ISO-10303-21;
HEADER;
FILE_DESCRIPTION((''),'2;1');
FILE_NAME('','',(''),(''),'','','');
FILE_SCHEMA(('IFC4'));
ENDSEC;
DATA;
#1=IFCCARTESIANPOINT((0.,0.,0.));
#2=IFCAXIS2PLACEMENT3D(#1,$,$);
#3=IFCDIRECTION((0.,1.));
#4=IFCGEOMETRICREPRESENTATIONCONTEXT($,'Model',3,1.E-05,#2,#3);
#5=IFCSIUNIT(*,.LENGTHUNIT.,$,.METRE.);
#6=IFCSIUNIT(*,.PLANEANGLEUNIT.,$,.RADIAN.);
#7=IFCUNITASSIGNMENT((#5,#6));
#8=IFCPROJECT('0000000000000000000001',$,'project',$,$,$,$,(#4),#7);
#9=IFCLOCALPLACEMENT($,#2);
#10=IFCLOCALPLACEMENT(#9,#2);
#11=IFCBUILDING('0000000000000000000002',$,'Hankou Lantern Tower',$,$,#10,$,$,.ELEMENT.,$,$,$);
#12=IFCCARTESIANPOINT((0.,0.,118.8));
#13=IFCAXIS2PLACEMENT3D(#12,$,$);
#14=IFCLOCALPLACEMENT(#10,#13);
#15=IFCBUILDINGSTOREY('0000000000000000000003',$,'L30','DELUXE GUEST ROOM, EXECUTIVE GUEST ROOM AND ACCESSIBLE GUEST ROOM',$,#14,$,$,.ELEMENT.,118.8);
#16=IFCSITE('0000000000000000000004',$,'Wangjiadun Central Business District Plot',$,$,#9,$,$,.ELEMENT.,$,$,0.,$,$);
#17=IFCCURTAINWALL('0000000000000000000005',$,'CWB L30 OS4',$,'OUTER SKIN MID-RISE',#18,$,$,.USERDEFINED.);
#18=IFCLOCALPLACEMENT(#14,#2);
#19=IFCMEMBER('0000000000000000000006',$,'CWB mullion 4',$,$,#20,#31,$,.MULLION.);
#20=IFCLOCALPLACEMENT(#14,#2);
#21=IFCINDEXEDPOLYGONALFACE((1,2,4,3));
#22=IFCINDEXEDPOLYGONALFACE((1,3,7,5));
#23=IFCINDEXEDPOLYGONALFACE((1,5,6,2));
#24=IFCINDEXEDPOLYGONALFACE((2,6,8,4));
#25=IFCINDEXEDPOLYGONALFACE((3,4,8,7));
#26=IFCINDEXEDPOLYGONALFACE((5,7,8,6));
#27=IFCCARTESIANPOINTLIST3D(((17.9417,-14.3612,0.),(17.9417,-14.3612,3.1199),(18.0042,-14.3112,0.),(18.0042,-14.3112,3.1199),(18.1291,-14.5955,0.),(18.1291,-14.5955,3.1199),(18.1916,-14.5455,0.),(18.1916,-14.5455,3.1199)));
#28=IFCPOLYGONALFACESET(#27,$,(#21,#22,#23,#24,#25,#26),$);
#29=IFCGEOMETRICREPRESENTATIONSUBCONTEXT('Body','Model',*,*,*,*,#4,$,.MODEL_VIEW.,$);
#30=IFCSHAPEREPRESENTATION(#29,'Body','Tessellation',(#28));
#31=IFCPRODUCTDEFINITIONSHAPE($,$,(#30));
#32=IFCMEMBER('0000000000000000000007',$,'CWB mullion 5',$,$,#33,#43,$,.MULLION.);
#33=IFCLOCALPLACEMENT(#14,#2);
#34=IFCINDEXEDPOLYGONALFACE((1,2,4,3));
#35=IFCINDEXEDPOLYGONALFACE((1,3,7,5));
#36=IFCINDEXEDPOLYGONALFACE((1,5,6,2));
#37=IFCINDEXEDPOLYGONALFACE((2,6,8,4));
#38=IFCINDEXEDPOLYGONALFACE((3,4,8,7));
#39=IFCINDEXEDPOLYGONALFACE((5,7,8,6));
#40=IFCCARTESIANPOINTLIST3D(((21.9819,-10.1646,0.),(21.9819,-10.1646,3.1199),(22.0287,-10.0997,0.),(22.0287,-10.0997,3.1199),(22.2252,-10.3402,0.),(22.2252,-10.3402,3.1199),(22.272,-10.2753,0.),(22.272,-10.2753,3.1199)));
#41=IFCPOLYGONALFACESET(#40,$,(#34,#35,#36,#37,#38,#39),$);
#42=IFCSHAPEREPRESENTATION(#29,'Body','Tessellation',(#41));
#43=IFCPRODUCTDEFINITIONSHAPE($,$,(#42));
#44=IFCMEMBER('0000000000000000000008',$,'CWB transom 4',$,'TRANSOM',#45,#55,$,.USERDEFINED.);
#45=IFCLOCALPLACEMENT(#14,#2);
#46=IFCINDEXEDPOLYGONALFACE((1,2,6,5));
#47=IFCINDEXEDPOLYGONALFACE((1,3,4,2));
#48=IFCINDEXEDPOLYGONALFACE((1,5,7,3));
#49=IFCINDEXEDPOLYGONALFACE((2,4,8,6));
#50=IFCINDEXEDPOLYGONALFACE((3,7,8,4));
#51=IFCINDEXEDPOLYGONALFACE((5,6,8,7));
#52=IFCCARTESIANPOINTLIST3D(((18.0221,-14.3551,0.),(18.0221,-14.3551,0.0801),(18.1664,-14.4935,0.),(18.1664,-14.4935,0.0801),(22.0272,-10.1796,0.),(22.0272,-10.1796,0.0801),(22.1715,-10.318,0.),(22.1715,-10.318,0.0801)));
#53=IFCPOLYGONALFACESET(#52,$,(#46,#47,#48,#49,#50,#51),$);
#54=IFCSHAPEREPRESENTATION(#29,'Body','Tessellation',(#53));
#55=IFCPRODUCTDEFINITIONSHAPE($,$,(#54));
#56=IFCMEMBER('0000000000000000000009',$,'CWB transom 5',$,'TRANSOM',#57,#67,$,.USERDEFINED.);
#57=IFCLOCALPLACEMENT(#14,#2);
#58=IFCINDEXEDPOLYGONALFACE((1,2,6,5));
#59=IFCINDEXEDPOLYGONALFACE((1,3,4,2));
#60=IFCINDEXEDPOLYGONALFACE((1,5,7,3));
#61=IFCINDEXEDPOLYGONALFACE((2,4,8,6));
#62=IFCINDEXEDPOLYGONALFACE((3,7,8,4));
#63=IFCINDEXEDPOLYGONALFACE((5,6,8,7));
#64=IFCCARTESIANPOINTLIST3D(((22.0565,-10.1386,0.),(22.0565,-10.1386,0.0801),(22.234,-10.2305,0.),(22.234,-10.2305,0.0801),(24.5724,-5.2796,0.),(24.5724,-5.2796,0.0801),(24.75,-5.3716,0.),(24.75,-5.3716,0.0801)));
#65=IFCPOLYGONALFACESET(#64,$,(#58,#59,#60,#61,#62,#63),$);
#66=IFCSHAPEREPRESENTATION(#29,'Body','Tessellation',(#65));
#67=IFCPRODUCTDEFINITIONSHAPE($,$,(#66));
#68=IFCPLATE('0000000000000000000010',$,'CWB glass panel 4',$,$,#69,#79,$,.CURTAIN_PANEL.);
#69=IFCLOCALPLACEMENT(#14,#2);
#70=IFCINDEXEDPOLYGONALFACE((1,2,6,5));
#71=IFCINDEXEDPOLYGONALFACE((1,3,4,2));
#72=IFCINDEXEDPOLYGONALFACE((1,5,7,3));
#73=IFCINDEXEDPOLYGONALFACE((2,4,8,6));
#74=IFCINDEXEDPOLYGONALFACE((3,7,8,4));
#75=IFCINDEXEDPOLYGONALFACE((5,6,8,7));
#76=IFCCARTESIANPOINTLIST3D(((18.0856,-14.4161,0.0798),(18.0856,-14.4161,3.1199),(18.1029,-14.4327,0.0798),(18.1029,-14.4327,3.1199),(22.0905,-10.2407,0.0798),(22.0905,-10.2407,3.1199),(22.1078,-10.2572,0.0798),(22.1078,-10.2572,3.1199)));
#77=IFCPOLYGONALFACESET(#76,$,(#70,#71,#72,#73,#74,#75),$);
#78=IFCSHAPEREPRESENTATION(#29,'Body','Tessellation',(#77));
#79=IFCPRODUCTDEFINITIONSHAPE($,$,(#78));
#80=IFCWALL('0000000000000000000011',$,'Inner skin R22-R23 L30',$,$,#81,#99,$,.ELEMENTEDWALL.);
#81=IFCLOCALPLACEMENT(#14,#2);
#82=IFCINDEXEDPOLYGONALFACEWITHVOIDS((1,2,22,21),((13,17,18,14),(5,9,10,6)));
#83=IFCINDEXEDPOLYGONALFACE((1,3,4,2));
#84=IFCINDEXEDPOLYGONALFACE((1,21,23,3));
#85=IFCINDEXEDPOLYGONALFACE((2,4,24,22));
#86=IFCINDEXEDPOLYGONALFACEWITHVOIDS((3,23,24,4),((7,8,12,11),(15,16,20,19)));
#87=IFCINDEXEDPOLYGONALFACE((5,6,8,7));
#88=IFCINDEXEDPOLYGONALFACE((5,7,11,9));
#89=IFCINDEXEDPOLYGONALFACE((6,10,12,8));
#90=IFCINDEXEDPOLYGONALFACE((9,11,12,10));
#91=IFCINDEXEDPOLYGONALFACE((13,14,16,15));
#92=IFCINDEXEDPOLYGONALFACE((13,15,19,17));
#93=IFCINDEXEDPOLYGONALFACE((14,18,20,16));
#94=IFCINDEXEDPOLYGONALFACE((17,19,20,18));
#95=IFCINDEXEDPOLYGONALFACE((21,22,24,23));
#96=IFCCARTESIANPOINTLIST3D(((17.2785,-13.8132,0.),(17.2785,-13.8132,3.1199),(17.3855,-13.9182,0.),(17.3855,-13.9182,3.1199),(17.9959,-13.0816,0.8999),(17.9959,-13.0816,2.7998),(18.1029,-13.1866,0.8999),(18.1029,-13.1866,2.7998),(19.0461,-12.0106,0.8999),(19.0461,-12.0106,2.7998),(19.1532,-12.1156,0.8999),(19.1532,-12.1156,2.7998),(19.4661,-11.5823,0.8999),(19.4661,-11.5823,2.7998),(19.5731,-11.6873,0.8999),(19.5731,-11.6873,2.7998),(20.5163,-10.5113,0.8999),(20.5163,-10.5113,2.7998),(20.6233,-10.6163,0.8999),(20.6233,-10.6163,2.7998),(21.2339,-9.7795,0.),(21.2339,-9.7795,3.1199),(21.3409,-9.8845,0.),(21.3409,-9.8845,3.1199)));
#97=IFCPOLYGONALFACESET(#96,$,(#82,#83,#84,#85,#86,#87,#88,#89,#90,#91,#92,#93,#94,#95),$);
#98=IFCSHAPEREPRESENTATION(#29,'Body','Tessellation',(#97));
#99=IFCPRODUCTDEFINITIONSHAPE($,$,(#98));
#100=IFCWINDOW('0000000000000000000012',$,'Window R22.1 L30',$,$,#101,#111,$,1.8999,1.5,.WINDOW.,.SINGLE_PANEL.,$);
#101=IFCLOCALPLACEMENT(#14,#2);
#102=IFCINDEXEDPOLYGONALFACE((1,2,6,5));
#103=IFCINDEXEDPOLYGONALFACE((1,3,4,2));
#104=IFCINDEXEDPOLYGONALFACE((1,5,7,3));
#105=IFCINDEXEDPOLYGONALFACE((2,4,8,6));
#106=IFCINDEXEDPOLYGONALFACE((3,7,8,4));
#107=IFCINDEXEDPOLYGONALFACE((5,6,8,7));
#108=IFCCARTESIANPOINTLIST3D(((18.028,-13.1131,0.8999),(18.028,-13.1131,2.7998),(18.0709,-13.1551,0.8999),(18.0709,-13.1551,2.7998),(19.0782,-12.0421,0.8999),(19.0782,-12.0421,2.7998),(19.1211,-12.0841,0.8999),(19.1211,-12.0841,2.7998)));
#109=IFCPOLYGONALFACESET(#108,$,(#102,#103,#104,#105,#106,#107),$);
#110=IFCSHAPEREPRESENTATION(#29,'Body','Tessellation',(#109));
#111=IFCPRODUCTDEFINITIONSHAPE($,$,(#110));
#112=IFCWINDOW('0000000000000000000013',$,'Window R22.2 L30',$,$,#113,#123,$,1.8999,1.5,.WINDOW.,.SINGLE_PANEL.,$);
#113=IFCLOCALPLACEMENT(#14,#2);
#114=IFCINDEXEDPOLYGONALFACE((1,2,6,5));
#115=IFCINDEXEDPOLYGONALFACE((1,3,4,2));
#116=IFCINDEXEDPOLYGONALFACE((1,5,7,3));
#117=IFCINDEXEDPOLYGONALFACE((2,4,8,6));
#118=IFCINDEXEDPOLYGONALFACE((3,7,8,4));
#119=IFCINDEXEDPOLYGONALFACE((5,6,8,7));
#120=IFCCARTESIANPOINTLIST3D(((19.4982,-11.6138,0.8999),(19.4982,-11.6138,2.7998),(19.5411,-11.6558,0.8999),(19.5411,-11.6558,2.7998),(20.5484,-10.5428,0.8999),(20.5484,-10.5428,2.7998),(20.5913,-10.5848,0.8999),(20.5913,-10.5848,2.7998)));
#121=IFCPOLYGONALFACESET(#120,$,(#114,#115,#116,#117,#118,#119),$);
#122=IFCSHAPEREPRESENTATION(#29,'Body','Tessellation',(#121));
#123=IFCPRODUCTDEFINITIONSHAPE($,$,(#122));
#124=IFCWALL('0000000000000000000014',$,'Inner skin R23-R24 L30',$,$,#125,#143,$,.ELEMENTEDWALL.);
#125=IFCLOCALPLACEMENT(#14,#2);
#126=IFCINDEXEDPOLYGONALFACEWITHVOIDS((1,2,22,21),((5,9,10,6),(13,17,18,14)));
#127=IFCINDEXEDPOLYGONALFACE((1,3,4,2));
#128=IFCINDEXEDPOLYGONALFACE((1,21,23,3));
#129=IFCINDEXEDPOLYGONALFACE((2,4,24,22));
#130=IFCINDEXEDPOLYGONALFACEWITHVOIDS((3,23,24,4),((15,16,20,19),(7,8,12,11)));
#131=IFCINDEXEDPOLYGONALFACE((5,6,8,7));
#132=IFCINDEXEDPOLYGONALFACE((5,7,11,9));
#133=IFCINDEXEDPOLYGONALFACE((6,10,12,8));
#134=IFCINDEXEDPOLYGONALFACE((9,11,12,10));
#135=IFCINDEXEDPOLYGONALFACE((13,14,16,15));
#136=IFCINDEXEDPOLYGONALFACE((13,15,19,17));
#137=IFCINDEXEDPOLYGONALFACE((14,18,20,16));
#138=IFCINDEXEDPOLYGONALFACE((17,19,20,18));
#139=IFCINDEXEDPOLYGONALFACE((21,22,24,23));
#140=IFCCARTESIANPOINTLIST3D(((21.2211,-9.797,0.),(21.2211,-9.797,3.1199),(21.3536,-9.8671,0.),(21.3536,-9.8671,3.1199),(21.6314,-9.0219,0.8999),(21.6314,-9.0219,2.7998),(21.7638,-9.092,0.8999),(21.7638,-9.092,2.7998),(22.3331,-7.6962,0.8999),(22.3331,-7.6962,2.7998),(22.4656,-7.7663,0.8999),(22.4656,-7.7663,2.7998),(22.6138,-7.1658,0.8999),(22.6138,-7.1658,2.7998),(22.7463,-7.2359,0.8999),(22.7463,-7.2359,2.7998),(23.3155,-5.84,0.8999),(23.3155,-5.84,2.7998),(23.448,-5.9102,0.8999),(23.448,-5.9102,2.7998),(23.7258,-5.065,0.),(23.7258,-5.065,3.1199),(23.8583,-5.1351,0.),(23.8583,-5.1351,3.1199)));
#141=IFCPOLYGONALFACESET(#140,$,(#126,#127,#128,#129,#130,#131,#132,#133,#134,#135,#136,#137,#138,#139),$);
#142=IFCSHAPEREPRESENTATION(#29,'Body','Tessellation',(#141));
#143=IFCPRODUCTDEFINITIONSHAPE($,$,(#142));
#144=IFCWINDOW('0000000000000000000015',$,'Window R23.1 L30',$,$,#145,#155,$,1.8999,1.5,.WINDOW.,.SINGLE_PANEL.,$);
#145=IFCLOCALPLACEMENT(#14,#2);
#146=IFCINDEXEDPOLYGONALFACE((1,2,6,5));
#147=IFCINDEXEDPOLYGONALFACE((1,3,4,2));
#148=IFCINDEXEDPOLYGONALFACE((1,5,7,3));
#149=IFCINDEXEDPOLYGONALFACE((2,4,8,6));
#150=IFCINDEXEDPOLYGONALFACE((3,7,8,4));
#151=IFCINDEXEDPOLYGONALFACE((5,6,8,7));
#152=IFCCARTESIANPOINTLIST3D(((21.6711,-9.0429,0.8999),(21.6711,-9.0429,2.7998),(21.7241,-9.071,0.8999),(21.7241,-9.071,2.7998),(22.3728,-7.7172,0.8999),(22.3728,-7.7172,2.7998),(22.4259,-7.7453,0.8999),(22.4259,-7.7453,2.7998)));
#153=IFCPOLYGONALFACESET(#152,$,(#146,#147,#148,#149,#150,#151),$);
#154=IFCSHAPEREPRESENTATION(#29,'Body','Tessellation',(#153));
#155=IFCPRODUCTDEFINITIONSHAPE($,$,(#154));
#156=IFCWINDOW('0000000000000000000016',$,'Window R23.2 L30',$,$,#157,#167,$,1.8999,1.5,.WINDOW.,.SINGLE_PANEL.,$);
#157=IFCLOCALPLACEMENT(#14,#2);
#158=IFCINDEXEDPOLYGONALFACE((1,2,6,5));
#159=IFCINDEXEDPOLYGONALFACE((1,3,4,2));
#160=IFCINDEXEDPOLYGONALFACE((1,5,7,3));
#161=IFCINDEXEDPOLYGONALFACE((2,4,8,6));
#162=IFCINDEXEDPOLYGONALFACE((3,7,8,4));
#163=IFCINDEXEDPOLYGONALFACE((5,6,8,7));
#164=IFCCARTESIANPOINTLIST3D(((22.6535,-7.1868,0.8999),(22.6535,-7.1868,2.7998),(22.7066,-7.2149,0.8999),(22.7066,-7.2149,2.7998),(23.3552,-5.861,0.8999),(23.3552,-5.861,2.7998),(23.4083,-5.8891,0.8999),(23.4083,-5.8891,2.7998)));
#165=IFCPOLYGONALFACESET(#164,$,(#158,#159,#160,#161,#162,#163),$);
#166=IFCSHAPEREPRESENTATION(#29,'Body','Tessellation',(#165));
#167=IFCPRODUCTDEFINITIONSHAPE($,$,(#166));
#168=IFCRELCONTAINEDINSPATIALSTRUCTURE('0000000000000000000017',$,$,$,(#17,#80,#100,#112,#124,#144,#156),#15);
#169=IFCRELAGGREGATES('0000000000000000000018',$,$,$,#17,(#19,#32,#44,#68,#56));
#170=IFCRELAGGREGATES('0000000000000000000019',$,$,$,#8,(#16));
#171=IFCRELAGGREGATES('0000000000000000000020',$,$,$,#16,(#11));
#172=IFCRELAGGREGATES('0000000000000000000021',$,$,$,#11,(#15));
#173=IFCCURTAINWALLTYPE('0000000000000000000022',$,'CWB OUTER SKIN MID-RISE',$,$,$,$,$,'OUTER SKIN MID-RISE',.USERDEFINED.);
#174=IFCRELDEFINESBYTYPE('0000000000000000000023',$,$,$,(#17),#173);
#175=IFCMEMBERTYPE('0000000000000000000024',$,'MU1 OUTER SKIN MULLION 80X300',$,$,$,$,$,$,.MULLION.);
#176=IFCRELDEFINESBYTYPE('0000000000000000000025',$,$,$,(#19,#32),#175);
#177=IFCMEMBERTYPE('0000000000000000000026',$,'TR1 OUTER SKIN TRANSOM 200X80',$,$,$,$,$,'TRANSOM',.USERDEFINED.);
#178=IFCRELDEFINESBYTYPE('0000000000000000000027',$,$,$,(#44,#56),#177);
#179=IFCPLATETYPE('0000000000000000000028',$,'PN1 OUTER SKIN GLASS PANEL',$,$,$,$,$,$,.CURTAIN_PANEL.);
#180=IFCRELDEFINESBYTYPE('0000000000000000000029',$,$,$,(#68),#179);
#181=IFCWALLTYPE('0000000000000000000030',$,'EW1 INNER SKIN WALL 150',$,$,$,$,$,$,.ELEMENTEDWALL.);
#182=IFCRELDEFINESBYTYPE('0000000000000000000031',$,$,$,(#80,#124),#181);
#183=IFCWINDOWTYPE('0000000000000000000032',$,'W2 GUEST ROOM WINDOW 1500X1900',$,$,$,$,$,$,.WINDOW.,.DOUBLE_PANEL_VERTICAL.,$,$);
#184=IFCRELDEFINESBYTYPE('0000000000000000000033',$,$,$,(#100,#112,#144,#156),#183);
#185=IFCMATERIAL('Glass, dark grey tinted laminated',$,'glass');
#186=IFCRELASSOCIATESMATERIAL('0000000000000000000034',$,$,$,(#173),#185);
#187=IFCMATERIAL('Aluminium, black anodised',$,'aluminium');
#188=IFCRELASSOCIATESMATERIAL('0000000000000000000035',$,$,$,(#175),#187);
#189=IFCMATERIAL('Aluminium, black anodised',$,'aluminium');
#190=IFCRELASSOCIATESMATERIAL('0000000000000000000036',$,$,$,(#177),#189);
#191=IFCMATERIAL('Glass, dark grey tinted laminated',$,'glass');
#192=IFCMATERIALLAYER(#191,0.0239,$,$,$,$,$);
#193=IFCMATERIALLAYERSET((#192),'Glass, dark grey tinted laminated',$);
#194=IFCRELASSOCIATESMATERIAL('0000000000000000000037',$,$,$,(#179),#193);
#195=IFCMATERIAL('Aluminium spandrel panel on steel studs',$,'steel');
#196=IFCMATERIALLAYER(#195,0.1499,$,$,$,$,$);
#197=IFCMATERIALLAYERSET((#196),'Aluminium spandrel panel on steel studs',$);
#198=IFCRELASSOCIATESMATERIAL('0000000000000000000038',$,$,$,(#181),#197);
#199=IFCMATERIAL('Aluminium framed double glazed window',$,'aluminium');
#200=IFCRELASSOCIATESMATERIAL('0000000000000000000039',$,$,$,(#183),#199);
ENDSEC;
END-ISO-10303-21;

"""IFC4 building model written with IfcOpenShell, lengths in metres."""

from ifc_helpers import new_model, si_unit, direction, frame, frame_2d, origin, origin_2d, place, context, subcontext, project, spatial, rectangle, extrude, material, layer, layer_set, material_profile, profile_set, type_object, element, fill, aggregate, save


model = new_model("IFC4")

# Units and contexts
model_context = context("Model", 3, precision=1e-05, world=origin(), true_north=direction((0.0, 1.0)))
body_context = subcontext(model_context, "Body", "Model", "MODEL_VIEW")
ifc_project = project(units=[si_unit("LENGTHUNIT", "METRE"), si_unit("PLANEANGLEUNIT", "RADIAN")], contexts=[model_context])

# Site, building, storey
site_placement = place(None, origin())
site = spatial("IfcSite", under=ifc_project, at=site_placement, Name="Wangjiadun Central Business District Plot", CompositionType="ELEMENT", RefElevation=0.0)
building_placement = place(site_placement, origin())
building = spatial("IfcBuilding", under=site, at=building_placement, Name="Hankou Lantern Tower", CompositionType="ELEMENT")
storey_placement = place(building_placement, frame((0.0, 0.0, 118.8)))
storey = spatial("IfcBuildingStorey", under=building, at=storey_placement, Name="L30", Description="DELUXE GUEST ROOM, EXECUTIVE GUEST ROOM AND ACCESSIBLE GUEST ROOM", CompositionType="ELEMENT", Elevation=118.8)

# Curtain wall, members, plate
ifc_material_1 = material(Name="Glass, dark grey tinted laminated", Category="glass")
curtain_wall_type = type_object("IfcCurtainWallType", Name="CWB OUTER SKIN MID-RISE", ElementType="OUTER SKIN MID-RISE", PredefinedType="USERDEFINED", material=ifc_material_1)
curtain_wall_placement = place(storey_placement, origin())
curtain_wall = element("IfcCurtainWall", 1, at=curtain_wall_placement, inside=storey, type_object=curtain_wall_type, Name="CWB L30 OS4", ObjectType="OUTER SKIN MID-RISE", PredefinedType="USERDEFINED")
ifc_material_2 = material(Name="Aluminium, black anodised", Category="aluminium")
ifc_material_profile_1 = material_profile(ifc_material_2, rectangle(XDim=0.0801, YDim=0.3, at=origin_2d()), Name="MU1 80X300")
ifc_profile_set_1 = profile_set([ifc_material_profile_1], Name="Aluminium, black anodised")
member_type_1 = type_object("IfcMemberType", Name="MU1 OUTER SKIN MULLION 80X300", PredefinedType="MULLION", material=ifc_profile_set_1)
member_1_placement = place(storey_placement, frame((18.0667, -14.4534, 0.0), z_axis=(0.0, 0.0, 1.0), x_axis=(0.780869, 0.624695, 0.0)))
member_1 = element("IfcMember", 2, at=member_1_placement, type_object=member_type_1, Name="CWB mullion 4", PredefinedType="MULLION", context=body_context, shape_type="SweptSolid", body=[
    extrude(rectangle(XDim=0.0801, YDim=0.3, at=origin_2d()), origin(), (0.0, 0.0, 1.0), 3.1199),
])
member_2_placement = place(storey_placement, frame((22.127, -10.22, 0.0), z_axis=(0.0, 0.0, 1.0), x_axis=(0.585206, 0.810885, 0.0)))
member_2 = element("IfcMember", 3, at=member_2_placement, type_object=member_type_1, Name="CWB mullion 5", PredefinedType="MULLION", context=body_context, shape_type="SweptSolid", body=[
    extrude(rectangle(XDim=0.0801, YDim=0.3, at=origin_2d()), origin(), (0.0, 0.0, 1.0), 3.1199),
])
ifc_material_3 = material(Name="Aluminium, black anodised", Category="aluminium")
ifc_material_profile_2 = material_profile(ifc_material_3, rectangle(XDim=0.2, YDim=0.0801, at=origin_2d()), Name="TR1 200X80")
ifc_profile_set_2 = profile_set([ifc_material_profile_2], Name="Aluminium, black anodised")
member_type_2 = type_object("IfcMemberType", Name="TR1 OUTER SKIN TRANSOM 200X80", ElementType="TRANSOM", PredefinedType="USERDEFINED", material=ifc_profile_set_2)
member_3_placement = place(storey_placement, frame((18.0942, -14.4243, 0.04), z_axis=(0.692227, 0.72168, 0.0), x_axis=(-0.72168, 0.692227, 0.0)))
member_3 = element("IfcMember", 4, at=member_3_placement, type_object=member_type_2, Name="CWB transom 4", ObjectType="TRANSOM", PredefinedType="USERDEFINED", context=body_context, shape_type="SweptSolid", body=[
    extrude(rectangle(XDim=0.2, YDim=0.0801, at=origin_2d()), origin(), (0.0, 0.0, 1.0), 5.7859),
])
member_4_placement = place(storey_placement, frame((22.1453, -10.1846, 0.04), z_axis=(0.459805, 0.88802, 0.0), x_axis=(-0.88802, 0.459805, 0.0)))
member_4 = element("IfcMember", 5, at=member_4_placement, type_object=member_type_2, Name="CWB transom 5", ObjectType="TRANSOM", PredefinedType="USERDEFINED", context=body_context, shape_type="SweptSolid", body=[
    extrude(rectangle(XDim=0.2, YDim=0.0801, at=origin_2d()), origin(), (0.0, 0.0, 1.0), 5.4717),
])
ifc_material_4 = material(Name="Glass, dark grey tinted laminated", Category="glass")
ifc_layer_1 = layer(ifc_material_4, 0.0239)
ifc_layer_set_1 = layer_set([ifc_layer_1], Name="Glass, dark grey tinted laminated")
plate_type = type_object("IfcPlateType", Name="PN1 OUTER SKIN GLASS PANEL", PredefinedType="CURTAIN_PANEL", material=ifc_layer_set_1)
plate_placement = place(storey_placement, frame((20.0967, -12.3367, 0.0798), z_axis=(0.0, 0.0, 1.0), x_axis=(0.692216, 0.721691, 0.0)))
plate = element("IfcPlate", 6, at=plate_placement, type_object=plate_type, Name="CWB glass panel 4", PredefinedType="CURTAIN_PANEL", context=body_context, shape_type="SweptSolid", body=[
    extrude(rectangle(XDim=5.7856, YDim=0.0239, at=origin_2d()), origin(), (0.0, 0.0, 1.0), 3.04),
])
aggregate(curtain_wall, [member_1, member_2, member_3, plate, member_4])

# Walls, openings, windows
ifc_material_5 = material(Name="Aluminium spandrel panel on steel studs", Category="steel")
ifc_layer_2 = layer(ifc_material_5, 0.1499)
ifc_layer_set_2 = layer_set([ifc_layer_2], Name="Aluminium spandrel panel on steel studs")
wall_type = type_object("IfcWallType", Name="EW1 INNER SKIN WALL 150", PredefinedType="ELEMENTEDWALL", material=ifc_layer_set_2)
wall_1_placement = place(storey_placement, frame((17.332, -13.8657, 0.0), z_axis=(0.0, 0.0, 1.0), x_axis=(0.700137, 0.714009, 0.0)))
wall_1 = element("IfcWall", 7, at=wall_1_placement, inside=storey, type_object=wall_type, Name="Inner skin R22-R23 L30", PredefinedType="ELEMENTEDWALL", context=body_context, shape_type="SweptSolid", body=[
    extrude(rectangle(XDim=5.6494, YDim=0.1499, at=frame_2d((2.8247, 0.0))), origin(), (0.0, 0.0, 1.0), 3.1199),
])
opening_1_placement = place(wall_1_placement, frame((1.0247, 0.0, 0.8999)))
opening_1 = element("IfcOpeningElement", 8, at=opening_1_placement, cuts=wall_1, PredefinedType="OPENING", context=body_context, shape_type="SweptSolid", body=[
    extrude(rectangle(XDim=1.5, YDim=1.8999, at=frame_2d((0.75, 0.95))), frame((0.0, 0.085, 0.0), z_axis=(0.0, -1.0, 0.0), x_axis=(1.0, 0.0, 0.0)), (0.0, 0.0, 1.0), 0.1699),
])
opening_2_placement = place(wall_1_placement, frame((3.1245, 0.0, 0.8999)))
opening_2 = element("IfcOpeningElement", 9, at=opening_2_placement, cuts=wall_1, PredefinedType="OPENING", context=body_context, shape_type="SweptSolid", body=[
    extrude(rectangle(XDim=1.5, YDim=1.8999, at=frame_2d((0.75, 0.95))), frame((0.0, 0.085, 0.0), z_axis=(0.0, -1.0, 0.0), x_axis=(1.0, 0.0, 0.0)), (0.0, 0.0, 1.0), 0.1699),
])
ifc_material_6 = material(Name="Aluminium framed double glazed window", Category="aluminium")
window_type = type_object("IfcWindowType", Name="W2 GUEST ROOM WINDOW 1500X1900", PartitioningType="DOUBLE_PANEL_VERTICAL", PredefinedType="WINDOW", material=ifc_material_6)
window_1_placement = place(opening_1_placement, origin())
window_1 = element("IfcWindow", 10, at=window_1_placement, inside=storey, type_object=window_type, Name="Window R22.1 L30", OverallHeight=1.8999, OverallWidth=1.5, PartitioningType="SINGLE_PANEL", PredefinedType="WINDOW", context=body_context, shape_type="SweptSolid", body=[
    extrude(rectangle(XDim=1.5, YDim=1.8999, at=frame_2d((0.75, 0.95))), frame((0.0, 0.03, 0.0), z_axis=(0.0, -1.0, 0.0), x_axis=(1.0, 0.0, 0.0)), (0.0, 0.0, 1.0), 0.0601),
])
fill(opening_1, window_1)
window_2_placement = place(opening_2_placement, origin())
window_2 = element("IfcWindow", 11, at=window_2_placement, inside=storey, type_object=window_type, Name="Window R22.2 L30", OverallHeight=1.8999, OverallWidth=1.5, PartitioningType="SINGLE_PANEL", PredefinedType="WINDOW", context=body_context, shape_type="SweptSolid", body=[
    extrude(rectangle(XDim=1.5, YDim=1.8999, at=frame_2d((0.75, 0.95))), frame((0.0, 0.03, 0.0), z_axis=(0.0, -1.0, 0.0), x_axis=(1.0, 0.0, 0.0)), (0.0, 0.0, 1.0), 0.0601),
])
fill(opening_2, window_2)
wall_2_placement = place(storey_placement, frame((21.2874, -9.832, 0.0), z_axis=(0.0, 0.0, 1.0), x_axis=(0.467814, 0.883827, 0.0)))
wall_2 = element("IfcWall", 12, at=wall_2_placement, inside=storey, type_object=wall_type, Name="Inner skin R23-R24 L30", PredefinedType="ELEMENTEDWALL", context=body_context, shape_type="SweptSolid", body=[
    extrude(rectangle(XDim=5.354, YDim=0.1499, at=frame_2d((2.677, 0.0))), origin(), (0.0, 0.0, 1.0), 3.1199),
])
opening_3_placement = place(wall_2_placement, frame((0.877, 0.0, 0.8999)))
opening_3 = element("IfcOpeningElement", 13, at=opening_3_placement, cuts=wall_2, PredefinedType="OPENING", context=body_context, shape_type="SweptSolid", body=[
    extrude(rectangle(XDim=1.5, YDim=1.8999, at=frame_2d((0.75, 0.95))), frame((0.0, 0.085, 0.0), z_axis=(0.0, -1.0, 0.0), x_axis=(1.0, 0.0, 0.0)), (0.0, 0.0, 1.0), 0.1699),
])
opening_4_placement = place(wall_2_placement, frame((2.9771, 0.0, 0.8999)))
opening_4 = element("IfcOpeningElement", 14, at=opening_4_placement, cuts=wall_2, PredefinedType="OPENING", context=body_context, shape_type="SweptSolid", body=[
    extrude(rectangle(XDim=1.5, YDim=1.8999, at=frame_2d((0.75, 0.95))), frame((0.0, 0.085, 0.0), z_axis=(0.0, -1.0, 0.0), x_axis=(1.0, 0.0, 0.0)), (0.0, 0.0, 1.0), 0.1699),
])
window_3_placement = place(opening_3_placement, origin())
window_3 = element("IfcWindow", 15, at=window_3_placement, inside=storey, type_object=window_type, Name="Window R23.1 L30", OverallHeight=1.8999, OverallWidth=1.5, PartitioningType="SINGLE_PANEL", PredefinedType="WINDOW", context=body_context, shape_type="SweptSolid", body=[
    extrude(rectangle(XDim=1.5, YDim=1.8999, at=frame_2d((0.75, 0.95))), frame((0.0, 0.03, 0.0), z_axis=(0.0, -1.0, 0.0), x_axis=(1.0, 0.0, 0.0)), (0.0, 0.0, 1.0), 0.0601),
])
fill(opening_3, window_3)
window_4_placement = place(opening_4_placement, origin())
window_4 = element("IfcWindow", 16, at=window_4_placement, inside=storey, type_object=window_type, Name="Window R23.2 L30", OverallHeight=1.8999, OverallWidth=1.5, PartitioningType="SINGLE_PANEL", PredefinedType="WINDOW", context=body_context, shape_type="SweptSolid", body=[
    extrude(rectangle(XDim=1.5, YDim=1.8999, at=frame_2d((0.75, 0.95))), frame((0.0, 0.03, 0.0), z_axis=(0.0, -1.0, 0.0), x_axis=(1.0, 0.0, 0.0)), (0.0, 0.0, 1.0), 0.0601),
])
fill(opening_4, window_4)

save(model, "model.ifc")
